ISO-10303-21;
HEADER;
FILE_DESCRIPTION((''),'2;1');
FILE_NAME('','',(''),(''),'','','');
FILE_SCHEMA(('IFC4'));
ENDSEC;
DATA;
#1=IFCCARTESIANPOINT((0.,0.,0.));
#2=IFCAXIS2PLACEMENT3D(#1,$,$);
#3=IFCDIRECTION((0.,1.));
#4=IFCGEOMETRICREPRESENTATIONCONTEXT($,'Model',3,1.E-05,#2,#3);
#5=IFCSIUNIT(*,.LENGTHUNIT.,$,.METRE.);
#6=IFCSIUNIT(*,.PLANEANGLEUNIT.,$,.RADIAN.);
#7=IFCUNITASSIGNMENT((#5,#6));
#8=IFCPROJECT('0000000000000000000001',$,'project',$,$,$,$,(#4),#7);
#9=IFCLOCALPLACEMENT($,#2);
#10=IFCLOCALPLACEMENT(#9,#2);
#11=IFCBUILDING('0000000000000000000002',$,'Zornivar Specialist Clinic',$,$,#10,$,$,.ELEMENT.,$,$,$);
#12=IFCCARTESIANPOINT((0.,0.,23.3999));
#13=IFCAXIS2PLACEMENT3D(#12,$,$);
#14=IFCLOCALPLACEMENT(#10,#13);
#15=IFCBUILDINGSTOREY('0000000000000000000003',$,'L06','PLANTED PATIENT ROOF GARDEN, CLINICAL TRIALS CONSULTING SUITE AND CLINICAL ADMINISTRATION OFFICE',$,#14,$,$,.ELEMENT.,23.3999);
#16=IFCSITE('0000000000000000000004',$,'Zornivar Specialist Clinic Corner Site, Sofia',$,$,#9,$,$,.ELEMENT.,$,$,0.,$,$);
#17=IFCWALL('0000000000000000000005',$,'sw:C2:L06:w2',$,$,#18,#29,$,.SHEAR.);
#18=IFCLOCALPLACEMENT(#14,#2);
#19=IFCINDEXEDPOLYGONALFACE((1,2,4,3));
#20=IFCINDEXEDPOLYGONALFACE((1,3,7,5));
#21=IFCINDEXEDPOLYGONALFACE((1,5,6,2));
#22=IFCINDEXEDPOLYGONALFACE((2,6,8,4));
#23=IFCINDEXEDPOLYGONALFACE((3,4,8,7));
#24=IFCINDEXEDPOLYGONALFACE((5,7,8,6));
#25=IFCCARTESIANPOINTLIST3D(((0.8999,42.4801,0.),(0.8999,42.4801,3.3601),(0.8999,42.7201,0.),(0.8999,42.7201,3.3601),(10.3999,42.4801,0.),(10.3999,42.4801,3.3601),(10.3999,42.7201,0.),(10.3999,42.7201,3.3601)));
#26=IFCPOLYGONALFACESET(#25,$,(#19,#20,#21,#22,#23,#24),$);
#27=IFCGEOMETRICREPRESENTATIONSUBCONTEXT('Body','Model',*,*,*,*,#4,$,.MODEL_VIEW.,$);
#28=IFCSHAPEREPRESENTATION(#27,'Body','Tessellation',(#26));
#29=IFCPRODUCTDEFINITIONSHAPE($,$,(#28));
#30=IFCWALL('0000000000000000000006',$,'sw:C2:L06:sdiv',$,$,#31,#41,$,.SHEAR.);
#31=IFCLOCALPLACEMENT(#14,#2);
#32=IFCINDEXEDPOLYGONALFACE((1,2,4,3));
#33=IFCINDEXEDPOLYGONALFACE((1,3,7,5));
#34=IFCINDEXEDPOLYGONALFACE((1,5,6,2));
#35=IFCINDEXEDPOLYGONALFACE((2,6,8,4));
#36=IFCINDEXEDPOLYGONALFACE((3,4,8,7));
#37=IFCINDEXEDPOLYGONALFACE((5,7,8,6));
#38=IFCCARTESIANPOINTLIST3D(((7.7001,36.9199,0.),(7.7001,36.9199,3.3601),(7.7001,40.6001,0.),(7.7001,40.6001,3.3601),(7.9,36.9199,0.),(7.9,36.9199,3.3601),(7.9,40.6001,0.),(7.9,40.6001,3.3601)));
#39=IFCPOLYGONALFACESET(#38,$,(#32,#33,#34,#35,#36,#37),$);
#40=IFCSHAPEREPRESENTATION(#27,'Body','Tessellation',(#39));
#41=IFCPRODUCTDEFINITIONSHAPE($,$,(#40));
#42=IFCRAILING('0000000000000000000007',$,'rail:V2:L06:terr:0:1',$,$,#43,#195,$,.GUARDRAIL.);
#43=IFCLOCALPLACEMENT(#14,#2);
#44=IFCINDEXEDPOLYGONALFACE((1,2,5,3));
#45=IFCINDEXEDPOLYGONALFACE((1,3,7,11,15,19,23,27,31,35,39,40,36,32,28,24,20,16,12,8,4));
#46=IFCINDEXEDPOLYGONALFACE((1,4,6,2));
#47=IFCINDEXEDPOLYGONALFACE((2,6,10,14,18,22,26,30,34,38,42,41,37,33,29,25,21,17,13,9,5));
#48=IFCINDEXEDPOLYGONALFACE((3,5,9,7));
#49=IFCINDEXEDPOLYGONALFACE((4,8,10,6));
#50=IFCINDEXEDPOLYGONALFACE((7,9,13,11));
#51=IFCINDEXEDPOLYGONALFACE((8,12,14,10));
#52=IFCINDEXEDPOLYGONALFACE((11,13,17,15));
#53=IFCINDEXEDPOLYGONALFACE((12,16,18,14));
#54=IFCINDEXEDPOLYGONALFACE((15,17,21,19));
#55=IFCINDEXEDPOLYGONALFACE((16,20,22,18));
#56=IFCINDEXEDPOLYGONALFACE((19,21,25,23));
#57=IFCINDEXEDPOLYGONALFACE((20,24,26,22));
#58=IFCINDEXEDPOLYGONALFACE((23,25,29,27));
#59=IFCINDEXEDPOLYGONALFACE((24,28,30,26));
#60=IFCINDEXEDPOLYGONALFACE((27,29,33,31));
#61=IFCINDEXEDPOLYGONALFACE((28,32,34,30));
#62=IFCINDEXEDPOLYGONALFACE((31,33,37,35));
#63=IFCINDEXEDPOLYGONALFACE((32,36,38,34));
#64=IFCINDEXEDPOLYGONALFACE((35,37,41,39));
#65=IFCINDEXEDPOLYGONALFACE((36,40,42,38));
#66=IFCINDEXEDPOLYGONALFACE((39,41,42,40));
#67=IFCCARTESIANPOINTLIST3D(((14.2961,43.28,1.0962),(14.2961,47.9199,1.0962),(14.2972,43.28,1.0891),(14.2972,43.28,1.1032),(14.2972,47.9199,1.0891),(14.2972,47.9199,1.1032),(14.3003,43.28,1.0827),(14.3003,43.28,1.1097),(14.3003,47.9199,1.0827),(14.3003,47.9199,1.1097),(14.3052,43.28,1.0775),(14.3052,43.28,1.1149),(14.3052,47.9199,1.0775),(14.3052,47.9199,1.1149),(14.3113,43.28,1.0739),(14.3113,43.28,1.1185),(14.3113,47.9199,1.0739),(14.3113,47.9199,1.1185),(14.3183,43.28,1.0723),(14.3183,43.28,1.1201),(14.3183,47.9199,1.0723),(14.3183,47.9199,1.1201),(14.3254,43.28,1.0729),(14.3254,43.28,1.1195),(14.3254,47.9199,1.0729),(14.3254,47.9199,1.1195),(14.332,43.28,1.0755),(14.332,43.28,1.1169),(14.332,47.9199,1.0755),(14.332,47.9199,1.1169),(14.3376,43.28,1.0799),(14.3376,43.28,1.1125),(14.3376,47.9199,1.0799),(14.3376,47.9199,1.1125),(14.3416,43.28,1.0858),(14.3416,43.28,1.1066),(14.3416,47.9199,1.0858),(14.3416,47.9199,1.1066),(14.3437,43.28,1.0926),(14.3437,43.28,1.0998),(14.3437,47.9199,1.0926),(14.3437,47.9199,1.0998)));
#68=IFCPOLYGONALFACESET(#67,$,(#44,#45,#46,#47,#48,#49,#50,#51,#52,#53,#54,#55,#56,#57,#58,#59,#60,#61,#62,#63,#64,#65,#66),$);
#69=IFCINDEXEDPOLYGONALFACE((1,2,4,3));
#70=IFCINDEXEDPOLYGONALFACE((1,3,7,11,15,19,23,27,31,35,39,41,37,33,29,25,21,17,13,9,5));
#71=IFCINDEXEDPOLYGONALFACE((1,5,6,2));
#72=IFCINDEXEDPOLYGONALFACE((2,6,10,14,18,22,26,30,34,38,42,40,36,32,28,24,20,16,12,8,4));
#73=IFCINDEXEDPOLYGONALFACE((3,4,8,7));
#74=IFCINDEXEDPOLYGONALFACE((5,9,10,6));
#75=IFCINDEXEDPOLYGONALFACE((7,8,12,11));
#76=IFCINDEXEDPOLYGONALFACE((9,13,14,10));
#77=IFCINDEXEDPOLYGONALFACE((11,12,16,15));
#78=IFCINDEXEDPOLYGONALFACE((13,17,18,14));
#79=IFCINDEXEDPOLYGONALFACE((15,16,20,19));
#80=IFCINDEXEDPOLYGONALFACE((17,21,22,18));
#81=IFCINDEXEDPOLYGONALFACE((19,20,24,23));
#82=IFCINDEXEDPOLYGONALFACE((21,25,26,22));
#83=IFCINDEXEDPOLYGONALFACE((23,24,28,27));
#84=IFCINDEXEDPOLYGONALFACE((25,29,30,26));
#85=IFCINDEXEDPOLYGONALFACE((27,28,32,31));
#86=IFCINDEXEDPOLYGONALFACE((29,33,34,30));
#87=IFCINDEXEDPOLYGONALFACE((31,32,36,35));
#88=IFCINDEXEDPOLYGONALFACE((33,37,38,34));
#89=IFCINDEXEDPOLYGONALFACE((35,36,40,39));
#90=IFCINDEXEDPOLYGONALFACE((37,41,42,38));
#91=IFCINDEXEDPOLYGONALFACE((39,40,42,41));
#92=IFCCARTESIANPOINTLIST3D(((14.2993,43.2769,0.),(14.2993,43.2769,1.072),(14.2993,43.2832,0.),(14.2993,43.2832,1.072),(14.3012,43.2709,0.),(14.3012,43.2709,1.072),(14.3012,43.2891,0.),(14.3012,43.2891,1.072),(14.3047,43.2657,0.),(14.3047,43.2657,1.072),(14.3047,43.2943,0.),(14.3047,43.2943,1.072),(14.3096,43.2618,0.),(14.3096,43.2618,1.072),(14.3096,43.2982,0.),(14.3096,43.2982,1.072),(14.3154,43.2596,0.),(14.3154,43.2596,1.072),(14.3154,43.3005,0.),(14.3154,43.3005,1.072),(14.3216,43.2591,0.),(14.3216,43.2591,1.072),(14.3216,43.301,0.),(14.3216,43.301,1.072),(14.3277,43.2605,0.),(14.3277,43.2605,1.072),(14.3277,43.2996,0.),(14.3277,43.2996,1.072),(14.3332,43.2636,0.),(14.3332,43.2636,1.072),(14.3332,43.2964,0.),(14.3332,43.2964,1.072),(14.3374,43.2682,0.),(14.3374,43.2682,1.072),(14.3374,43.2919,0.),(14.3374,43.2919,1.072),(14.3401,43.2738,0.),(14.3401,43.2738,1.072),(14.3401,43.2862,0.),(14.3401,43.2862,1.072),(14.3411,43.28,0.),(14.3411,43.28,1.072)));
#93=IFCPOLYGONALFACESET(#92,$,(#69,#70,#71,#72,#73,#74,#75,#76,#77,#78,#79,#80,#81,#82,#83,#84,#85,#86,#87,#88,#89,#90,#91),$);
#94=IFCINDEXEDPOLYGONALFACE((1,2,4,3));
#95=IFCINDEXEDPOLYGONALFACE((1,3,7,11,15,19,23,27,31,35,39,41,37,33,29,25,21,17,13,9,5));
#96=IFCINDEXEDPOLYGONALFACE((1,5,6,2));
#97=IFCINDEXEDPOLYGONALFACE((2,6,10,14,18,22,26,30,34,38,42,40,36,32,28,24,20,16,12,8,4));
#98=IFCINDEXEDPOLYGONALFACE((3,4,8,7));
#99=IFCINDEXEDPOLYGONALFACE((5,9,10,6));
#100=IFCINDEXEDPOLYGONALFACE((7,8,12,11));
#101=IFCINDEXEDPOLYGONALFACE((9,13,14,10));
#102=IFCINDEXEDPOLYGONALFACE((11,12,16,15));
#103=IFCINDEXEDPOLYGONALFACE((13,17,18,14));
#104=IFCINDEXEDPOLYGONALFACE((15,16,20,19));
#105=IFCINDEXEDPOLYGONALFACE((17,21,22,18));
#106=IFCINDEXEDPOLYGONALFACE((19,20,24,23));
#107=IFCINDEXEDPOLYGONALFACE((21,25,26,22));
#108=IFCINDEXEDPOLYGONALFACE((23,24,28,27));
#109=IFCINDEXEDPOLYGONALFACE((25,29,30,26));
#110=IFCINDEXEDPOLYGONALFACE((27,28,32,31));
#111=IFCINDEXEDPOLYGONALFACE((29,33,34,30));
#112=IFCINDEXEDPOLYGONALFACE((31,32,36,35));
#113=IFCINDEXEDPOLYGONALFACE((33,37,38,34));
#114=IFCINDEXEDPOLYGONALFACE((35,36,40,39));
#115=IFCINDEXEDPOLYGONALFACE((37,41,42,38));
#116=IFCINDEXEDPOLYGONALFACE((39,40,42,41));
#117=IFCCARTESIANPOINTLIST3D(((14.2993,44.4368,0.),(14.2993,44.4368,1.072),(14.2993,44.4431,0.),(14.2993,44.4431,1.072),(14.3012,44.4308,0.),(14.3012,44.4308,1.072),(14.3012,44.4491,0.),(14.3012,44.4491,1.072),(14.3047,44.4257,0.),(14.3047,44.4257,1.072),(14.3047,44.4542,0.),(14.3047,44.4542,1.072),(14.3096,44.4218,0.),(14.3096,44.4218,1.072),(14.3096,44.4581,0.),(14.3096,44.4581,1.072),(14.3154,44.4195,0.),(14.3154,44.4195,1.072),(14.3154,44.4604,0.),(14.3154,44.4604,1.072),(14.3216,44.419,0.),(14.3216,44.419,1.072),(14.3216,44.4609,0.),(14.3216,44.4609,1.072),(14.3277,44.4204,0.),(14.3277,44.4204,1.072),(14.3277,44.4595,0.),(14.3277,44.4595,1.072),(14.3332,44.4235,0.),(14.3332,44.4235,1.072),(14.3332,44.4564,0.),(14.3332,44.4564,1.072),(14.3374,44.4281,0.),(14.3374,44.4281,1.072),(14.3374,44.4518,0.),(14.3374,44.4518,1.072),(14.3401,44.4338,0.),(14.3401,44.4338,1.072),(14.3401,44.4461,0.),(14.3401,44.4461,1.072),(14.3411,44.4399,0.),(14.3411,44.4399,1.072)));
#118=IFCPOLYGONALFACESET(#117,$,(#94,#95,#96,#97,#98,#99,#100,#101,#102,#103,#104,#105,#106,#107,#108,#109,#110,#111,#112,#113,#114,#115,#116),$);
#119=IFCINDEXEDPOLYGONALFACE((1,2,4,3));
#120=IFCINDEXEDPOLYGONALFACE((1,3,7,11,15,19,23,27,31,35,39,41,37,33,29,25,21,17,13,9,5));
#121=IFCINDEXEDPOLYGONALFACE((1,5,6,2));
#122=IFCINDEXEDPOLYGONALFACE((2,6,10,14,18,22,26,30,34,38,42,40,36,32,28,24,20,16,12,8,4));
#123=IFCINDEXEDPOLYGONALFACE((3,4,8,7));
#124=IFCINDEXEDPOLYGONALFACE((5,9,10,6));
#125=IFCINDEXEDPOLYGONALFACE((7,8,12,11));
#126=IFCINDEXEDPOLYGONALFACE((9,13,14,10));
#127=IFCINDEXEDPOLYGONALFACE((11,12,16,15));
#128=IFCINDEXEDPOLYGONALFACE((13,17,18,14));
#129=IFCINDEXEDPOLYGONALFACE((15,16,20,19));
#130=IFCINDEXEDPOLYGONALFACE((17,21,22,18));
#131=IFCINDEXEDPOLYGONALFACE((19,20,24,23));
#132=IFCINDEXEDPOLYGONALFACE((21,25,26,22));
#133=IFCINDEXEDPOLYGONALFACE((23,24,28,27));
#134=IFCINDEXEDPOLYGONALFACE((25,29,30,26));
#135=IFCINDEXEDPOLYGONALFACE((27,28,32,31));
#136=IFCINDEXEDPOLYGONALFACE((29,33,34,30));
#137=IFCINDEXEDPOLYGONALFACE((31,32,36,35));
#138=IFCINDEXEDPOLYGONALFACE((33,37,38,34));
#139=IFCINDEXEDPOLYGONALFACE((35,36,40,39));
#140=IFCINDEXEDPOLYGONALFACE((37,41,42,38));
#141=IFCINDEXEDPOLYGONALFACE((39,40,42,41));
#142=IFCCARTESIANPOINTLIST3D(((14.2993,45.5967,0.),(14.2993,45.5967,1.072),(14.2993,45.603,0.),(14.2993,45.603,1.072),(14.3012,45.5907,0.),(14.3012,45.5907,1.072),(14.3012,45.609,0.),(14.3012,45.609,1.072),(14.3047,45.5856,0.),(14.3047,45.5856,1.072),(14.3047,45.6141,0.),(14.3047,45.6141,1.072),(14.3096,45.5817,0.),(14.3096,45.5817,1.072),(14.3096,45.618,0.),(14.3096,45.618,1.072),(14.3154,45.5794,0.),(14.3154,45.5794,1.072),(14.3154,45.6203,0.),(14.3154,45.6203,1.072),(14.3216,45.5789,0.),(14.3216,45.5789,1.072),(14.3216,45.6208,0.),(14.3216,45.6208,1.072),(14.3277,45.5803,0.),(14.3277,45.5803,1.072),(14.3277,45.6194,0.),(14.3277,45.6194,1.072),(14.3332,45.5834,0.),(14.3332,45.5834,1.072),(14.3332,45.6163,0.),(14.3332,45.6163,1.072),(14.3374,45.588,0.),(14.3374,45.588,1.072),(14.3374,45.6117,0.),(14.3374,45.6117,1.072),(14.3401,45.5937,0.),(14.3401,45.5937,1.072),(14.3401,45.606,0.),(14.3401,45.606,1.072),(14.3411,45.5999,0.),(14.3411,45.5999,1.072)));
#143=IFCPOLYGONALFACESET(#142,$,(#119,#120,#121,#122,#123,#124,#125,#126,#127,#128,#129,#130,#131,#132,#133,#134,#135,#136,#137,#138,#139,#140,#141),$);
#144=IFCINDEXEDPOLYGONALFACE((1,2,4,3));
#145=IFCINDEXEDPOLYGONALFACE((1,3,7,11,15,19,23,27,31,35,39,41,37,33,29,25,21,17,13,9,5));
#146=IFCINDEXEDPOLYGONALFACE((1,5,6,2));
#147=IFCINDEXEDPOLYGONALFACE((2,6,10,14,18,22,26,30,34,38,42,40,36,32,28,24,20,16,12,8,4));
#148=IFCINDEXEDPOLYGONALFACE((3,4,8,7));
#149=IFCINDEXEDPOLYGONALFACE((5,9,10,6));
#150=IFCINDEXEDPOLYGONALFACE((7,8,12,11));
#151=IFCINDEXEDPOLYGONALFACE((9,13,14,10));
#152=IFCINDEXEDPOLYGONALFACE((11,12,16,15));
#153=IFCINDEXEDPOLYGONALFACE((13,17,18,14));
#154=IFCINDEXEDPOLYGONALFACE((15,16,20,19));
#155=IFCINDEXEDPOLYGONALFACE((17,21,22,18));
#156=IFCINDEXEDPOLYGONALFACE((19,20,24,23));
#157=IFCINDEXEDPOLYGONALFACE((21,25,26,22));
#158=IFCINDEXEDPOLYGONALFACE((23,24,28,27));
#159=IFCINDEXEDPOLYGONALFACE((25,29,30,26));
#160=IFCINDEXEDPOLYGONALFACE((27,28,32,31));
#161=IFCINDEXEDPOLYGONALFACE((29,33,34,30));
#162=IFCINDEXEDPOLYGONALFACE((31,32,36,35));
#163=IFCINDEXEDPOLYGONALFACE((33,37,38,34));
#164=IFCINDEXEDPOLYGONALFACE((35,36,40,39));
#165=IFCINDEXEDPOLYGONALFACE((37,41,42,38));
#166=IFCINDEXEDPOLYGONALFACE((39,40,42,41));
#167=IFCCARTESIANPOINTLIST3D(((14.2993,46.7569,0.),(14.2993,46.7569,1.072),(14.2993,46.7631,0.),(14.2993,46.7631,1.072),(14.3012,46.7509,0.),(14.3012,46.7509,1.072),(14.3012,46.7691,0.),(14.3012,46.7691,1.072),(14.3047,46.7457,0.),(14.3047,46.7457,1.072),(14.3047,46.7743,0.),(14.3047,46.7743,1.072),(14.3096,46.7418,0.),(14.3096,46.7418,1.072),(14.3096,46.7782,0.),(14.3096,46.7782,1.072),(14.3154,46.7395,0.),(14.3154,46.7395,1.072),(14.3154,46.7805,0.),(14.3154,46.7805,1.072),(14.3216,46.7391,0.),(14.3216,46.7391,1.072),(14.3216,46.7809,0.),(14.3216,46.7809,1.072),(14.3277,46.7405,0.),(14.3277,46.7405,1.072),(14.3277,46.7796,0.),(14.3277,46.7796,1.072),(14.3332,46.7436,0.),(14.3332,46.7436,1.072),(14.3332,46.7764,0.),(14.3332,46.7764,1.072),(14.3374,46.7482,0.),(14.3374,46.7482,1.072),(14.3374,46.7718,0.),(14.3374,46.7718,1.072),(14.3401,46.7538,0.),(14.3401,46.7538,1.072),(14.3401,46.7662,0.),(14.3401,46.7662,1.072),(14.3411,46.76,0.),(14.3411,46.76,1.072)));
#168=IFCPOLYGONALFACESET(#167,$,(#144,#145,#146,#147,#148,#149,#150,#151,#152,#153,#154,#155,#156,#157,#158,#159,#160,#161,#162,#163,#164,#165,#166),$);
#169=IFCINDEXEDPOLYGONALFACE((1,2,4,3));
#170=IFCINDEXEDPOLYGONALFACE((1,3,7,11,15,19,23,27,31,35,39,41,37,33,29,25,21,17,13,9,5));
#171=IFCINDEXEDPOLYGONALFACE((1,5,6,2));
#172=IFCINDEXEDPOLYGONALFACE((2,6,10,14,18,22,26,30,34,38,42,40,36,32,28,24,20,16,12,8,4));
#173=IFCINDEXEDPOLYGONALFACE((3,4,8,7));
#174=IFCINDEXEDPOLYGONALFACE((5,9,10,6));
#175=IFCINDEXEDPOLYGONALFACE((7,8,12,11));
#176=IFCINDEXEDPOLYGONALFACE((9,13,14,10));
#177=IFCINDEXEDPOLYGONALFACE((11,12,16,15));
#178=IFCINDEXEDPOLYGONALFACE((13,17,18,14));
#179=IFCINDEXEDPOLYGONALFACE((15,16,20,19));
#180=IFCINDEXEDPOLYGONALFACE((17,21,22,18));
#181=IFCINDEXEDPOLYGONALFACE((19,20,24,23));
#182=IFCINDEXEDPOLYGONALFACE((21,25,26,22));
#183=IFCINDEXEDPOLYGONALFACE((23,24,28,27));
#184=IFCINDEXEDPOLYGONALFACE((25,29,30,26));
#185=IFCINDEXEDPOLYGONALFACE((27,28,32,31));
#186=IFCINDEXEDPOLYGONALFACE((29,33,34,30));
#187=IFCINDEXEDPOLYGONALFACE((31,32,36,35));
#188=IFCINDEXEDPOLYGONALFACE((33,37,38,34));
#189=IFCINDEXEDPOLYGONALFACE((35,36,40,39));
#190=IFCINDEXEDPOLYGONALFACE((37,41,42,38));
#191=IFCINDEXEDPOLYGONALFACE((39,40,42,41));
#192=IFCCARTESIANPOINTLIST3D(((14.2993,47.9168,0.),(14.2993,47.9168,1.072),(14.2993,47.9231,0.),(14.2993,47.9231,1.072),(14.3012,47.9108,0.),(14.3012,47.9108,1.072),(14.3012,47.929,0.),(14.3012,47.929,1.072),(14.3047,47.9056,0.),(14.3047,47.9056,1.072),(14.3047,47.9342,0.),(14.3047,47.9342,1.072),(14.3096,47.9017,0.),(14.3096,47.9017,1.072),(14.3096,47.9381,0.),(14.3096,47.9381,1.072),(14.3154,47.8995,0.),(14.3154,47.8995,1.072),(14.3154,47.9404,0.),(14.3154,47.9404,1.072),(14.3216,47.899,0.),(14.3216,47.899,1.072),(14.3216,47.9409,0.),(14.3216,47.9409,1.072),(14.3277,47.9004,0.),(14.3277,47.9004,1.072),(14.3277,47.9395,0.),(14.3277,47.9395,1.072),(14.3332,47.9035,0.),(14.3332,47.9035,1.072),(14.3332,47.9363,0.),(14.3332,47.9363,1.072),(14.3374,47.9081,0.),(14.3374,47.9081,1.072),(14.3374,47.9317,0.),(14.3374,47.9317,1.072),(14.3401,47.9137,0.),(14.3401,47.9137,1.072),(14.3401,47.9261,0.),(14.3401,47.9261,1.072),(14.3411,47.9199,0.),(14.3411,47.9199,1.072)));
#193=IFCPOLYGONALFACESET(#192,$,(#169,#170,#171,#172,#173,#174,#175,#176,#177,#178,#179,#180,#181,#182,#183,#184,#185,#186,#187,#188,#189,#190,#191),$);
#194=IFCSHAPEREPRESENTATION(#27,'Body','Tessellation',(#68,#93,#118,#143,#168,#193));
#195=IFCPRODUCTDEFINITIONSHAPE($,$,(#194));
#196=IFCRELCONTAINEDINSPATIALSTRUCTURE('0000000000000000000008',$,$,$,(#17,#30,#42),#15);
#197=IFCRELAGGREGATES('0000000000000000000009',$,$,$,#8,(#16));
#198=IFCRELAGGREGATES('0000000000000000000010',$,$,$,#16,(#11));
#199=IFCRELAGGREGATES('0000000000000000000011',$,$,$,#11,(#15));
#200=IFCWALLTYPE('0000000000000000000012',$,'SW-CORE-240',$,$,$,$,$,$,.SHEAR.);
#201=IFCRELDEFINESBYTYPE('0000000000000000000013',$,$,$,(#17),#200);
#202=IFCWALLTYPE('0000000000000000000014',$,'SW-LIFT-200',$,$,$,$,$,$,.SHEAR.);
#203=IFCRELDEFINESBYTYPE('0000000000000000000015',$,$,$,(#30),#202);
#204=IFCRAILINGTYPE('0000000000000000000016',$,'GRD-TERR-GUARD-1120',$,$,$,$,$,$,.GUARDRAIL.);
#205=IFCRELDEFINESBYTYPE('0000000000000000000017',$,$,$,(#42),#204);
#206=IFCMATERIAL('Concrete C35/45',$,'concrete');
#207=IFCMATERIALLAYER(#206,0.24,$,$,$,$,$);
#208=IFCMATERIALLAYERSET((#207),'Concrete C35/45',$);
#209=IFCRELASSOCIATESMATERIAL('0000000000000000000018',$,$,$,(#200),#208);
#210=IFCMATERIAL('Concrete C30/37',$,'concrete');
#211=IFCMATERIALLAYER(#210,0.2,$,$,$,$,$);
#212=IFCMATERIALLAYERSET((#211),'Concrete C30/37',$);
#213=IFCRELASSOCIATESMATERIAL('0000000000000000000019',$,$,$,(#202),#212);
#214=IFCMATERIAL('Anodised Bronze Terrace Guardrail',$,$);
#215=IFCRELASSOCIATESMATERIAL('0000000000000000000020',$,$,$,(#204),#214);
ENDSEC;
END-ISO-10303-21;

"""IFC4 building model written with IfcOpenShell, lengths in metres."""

from ifc_helpers import new_model, si_unit, direction, frame, frame_2d, origin, origin_2d, place, context, subcontext, project, spatial, rectangle, circle, extrude, material, layer, layer_set, type_object, element, save


model = new_model("IFC4")

# Units and contexts
model_context = context("Model", 3, precision=1e-05, world=origin(), true_north=direction((0.0, 1.0)))
body_context = subcontext(model_context, "Body", "Model", "MODEL_VIEW")
ifc_project = project(units=[si_unit("LENGTHUNIT", "METRE"), si_unit("PLANEANGLEUNIT", "RADIAN")], contexts=[model_context])

# Site, building, storey
site_placement = place(None, origin())
site = spatial("IfcSite", under=ifc_project, at=site_placement, Name="Zornivar Specialist Clinic Corner Site, Sofia", CompositionType="ELEMENT", RefElevation=0.0)
building_placement = place(site_placement, origin())
building = spatial("IfcBuilding", under=site, at=building_placement, Name="Zornivar Specialist Clinic", CompositionType="ELEMENT")
storey_placement = place(building_placement, frame((0.0, 0.0, 23.3999)))
storey = spatial("IfcBuildingStorey", under=building, at=storey_placement, Name="L06", Description="PLANTED PATIENT ROOF GARDEN, CLINICAL TRIALS CONSULTING SUITE AND CLINICAL ADMINISTRATION OFFICE", CompositionType="ELEMENT", Elevation=23.3999)

# Shared definitions
ifc_material_1 = material(Name="Concrete C35/45", Category="concrete")
ifc_layer_1 = layer(ifc_material_1, 0.24)
ifc_layer_set_1 = layer_set([ifc_layer_1], Name="Concrete C35/45")
wall_type_1 = type_object("IfcWallType", Name="SW-CORE-240", PredefinedType="SHEAR", material=ifc_layer_set_1)

# Walls
wall_1_placement = place(storey_placement, frame((10.3999, 42.6001, 0.0), z_axis=(0.0, 0.0, 1.0), x_axis=(-1.0, 0.0, 0.0)))
element("IfcWall", 1, at=wall_1_placement, inside=storey, type_object=wall_type_1, Name="sw:C2:L06:w2", PredefinedType="SHEAR", context=body_context, shape_type="SweptSolid", body=[
    extrude(rectangle(XDim=9.5, YDim=0.24, at=frame_2d((4.75, 0.0))), origin(), (0.0, 0.0, 1.0), 3.3601),
])
ifc_material_2 = material(Name="Concrete C30/37", Category="concrete")
ifc_layer_2 = layer(ifc_material_2, 0.2)
ifc_layer_set_2 = layer_set([ifc_layer_2], Name="Concrete C30/37")
wall_type_2 = type_object("IfcWallType", Name="SW-LIFT-200", PredefinedType="SHEAR", material=ifc_layer_set_2)
wall_2_placement = place(storey_placement, frame((7.8, 36.9199, 0.0), z_axis=(0.0, 0.0, 1.0), x_axis=(0.0, 1.0, 0.0)))
element("IfcWall", 2, at=wall_2_placement, inside=storey, type_object=wall_type_2, Name="sw:C2:L06:sdiv", PredefinedType="SHEAR", context=body_context, shape_type="SweptSolid", body=[
    extrude(rectangle(XDim=3.6802, YDim=0.2, at=frame_2d((1.8401, 0.0))), origin(), (0.0, 0.0, 1.0), 3.3601),
])

# Railing
ifc_material_3 = material(Name="Anodised Bronze Terrace Guardrail")
railing_type = type_object("IfcRailingType", Name="GRD-TERR-GUARD-1120", PredefinedType="GUARDRAIL", material=ifc_material_3)
railing_1_placement = place(storey_placement, frame((14.3201, 43.28, 0.0)))
element("IfcRailing", 3, at=railing_1_placement, inside=storey, type_object=railing_type, Name="rail:V2:L06:terr:0:1", PredefinedType="GUARDRAIL", context=body_context, shape_type="SweptSolid", body=[
    extrude(circle(Radius=0.0239, at=origin_2d()), frame((0.0, 0.0, 1.0962), z_axis=(0.0, 1.0, 0.0), x_axis=(-1.0, 0.0, 0.0)), (0.0, 0.0, 1.0), 4.6399),
    extrude(circle(Radius=0.021, at=origin_2d()), origin(), (0.0, 0.0, 1.0), 1.072),
    extrude(circle(Radius=0.021, at=origin_2d()), frame((0.0, 1.1599, 0.0)), (0.0, 0.0, 1.0), 1.072),
    extrude(circle(Radius=0.021, at=origin_2d()), frame((0.0, 2.3198, 0.0)), (0.0, 0.0, 1.0), 1.072),
    extrude(circle(Radius=0.021, at=origin_2d()), frame((0.0, 3.48, 0.0)), (0.0, 0.0, 1.0), 1.072),
    extrude(circle(Radius=0.021, at=origin_2d()), frame((0.0, 4.6399, 0.0)), (0.0, 0.0, 1.0), 1.072),
])

save(model, "model.ifc")
